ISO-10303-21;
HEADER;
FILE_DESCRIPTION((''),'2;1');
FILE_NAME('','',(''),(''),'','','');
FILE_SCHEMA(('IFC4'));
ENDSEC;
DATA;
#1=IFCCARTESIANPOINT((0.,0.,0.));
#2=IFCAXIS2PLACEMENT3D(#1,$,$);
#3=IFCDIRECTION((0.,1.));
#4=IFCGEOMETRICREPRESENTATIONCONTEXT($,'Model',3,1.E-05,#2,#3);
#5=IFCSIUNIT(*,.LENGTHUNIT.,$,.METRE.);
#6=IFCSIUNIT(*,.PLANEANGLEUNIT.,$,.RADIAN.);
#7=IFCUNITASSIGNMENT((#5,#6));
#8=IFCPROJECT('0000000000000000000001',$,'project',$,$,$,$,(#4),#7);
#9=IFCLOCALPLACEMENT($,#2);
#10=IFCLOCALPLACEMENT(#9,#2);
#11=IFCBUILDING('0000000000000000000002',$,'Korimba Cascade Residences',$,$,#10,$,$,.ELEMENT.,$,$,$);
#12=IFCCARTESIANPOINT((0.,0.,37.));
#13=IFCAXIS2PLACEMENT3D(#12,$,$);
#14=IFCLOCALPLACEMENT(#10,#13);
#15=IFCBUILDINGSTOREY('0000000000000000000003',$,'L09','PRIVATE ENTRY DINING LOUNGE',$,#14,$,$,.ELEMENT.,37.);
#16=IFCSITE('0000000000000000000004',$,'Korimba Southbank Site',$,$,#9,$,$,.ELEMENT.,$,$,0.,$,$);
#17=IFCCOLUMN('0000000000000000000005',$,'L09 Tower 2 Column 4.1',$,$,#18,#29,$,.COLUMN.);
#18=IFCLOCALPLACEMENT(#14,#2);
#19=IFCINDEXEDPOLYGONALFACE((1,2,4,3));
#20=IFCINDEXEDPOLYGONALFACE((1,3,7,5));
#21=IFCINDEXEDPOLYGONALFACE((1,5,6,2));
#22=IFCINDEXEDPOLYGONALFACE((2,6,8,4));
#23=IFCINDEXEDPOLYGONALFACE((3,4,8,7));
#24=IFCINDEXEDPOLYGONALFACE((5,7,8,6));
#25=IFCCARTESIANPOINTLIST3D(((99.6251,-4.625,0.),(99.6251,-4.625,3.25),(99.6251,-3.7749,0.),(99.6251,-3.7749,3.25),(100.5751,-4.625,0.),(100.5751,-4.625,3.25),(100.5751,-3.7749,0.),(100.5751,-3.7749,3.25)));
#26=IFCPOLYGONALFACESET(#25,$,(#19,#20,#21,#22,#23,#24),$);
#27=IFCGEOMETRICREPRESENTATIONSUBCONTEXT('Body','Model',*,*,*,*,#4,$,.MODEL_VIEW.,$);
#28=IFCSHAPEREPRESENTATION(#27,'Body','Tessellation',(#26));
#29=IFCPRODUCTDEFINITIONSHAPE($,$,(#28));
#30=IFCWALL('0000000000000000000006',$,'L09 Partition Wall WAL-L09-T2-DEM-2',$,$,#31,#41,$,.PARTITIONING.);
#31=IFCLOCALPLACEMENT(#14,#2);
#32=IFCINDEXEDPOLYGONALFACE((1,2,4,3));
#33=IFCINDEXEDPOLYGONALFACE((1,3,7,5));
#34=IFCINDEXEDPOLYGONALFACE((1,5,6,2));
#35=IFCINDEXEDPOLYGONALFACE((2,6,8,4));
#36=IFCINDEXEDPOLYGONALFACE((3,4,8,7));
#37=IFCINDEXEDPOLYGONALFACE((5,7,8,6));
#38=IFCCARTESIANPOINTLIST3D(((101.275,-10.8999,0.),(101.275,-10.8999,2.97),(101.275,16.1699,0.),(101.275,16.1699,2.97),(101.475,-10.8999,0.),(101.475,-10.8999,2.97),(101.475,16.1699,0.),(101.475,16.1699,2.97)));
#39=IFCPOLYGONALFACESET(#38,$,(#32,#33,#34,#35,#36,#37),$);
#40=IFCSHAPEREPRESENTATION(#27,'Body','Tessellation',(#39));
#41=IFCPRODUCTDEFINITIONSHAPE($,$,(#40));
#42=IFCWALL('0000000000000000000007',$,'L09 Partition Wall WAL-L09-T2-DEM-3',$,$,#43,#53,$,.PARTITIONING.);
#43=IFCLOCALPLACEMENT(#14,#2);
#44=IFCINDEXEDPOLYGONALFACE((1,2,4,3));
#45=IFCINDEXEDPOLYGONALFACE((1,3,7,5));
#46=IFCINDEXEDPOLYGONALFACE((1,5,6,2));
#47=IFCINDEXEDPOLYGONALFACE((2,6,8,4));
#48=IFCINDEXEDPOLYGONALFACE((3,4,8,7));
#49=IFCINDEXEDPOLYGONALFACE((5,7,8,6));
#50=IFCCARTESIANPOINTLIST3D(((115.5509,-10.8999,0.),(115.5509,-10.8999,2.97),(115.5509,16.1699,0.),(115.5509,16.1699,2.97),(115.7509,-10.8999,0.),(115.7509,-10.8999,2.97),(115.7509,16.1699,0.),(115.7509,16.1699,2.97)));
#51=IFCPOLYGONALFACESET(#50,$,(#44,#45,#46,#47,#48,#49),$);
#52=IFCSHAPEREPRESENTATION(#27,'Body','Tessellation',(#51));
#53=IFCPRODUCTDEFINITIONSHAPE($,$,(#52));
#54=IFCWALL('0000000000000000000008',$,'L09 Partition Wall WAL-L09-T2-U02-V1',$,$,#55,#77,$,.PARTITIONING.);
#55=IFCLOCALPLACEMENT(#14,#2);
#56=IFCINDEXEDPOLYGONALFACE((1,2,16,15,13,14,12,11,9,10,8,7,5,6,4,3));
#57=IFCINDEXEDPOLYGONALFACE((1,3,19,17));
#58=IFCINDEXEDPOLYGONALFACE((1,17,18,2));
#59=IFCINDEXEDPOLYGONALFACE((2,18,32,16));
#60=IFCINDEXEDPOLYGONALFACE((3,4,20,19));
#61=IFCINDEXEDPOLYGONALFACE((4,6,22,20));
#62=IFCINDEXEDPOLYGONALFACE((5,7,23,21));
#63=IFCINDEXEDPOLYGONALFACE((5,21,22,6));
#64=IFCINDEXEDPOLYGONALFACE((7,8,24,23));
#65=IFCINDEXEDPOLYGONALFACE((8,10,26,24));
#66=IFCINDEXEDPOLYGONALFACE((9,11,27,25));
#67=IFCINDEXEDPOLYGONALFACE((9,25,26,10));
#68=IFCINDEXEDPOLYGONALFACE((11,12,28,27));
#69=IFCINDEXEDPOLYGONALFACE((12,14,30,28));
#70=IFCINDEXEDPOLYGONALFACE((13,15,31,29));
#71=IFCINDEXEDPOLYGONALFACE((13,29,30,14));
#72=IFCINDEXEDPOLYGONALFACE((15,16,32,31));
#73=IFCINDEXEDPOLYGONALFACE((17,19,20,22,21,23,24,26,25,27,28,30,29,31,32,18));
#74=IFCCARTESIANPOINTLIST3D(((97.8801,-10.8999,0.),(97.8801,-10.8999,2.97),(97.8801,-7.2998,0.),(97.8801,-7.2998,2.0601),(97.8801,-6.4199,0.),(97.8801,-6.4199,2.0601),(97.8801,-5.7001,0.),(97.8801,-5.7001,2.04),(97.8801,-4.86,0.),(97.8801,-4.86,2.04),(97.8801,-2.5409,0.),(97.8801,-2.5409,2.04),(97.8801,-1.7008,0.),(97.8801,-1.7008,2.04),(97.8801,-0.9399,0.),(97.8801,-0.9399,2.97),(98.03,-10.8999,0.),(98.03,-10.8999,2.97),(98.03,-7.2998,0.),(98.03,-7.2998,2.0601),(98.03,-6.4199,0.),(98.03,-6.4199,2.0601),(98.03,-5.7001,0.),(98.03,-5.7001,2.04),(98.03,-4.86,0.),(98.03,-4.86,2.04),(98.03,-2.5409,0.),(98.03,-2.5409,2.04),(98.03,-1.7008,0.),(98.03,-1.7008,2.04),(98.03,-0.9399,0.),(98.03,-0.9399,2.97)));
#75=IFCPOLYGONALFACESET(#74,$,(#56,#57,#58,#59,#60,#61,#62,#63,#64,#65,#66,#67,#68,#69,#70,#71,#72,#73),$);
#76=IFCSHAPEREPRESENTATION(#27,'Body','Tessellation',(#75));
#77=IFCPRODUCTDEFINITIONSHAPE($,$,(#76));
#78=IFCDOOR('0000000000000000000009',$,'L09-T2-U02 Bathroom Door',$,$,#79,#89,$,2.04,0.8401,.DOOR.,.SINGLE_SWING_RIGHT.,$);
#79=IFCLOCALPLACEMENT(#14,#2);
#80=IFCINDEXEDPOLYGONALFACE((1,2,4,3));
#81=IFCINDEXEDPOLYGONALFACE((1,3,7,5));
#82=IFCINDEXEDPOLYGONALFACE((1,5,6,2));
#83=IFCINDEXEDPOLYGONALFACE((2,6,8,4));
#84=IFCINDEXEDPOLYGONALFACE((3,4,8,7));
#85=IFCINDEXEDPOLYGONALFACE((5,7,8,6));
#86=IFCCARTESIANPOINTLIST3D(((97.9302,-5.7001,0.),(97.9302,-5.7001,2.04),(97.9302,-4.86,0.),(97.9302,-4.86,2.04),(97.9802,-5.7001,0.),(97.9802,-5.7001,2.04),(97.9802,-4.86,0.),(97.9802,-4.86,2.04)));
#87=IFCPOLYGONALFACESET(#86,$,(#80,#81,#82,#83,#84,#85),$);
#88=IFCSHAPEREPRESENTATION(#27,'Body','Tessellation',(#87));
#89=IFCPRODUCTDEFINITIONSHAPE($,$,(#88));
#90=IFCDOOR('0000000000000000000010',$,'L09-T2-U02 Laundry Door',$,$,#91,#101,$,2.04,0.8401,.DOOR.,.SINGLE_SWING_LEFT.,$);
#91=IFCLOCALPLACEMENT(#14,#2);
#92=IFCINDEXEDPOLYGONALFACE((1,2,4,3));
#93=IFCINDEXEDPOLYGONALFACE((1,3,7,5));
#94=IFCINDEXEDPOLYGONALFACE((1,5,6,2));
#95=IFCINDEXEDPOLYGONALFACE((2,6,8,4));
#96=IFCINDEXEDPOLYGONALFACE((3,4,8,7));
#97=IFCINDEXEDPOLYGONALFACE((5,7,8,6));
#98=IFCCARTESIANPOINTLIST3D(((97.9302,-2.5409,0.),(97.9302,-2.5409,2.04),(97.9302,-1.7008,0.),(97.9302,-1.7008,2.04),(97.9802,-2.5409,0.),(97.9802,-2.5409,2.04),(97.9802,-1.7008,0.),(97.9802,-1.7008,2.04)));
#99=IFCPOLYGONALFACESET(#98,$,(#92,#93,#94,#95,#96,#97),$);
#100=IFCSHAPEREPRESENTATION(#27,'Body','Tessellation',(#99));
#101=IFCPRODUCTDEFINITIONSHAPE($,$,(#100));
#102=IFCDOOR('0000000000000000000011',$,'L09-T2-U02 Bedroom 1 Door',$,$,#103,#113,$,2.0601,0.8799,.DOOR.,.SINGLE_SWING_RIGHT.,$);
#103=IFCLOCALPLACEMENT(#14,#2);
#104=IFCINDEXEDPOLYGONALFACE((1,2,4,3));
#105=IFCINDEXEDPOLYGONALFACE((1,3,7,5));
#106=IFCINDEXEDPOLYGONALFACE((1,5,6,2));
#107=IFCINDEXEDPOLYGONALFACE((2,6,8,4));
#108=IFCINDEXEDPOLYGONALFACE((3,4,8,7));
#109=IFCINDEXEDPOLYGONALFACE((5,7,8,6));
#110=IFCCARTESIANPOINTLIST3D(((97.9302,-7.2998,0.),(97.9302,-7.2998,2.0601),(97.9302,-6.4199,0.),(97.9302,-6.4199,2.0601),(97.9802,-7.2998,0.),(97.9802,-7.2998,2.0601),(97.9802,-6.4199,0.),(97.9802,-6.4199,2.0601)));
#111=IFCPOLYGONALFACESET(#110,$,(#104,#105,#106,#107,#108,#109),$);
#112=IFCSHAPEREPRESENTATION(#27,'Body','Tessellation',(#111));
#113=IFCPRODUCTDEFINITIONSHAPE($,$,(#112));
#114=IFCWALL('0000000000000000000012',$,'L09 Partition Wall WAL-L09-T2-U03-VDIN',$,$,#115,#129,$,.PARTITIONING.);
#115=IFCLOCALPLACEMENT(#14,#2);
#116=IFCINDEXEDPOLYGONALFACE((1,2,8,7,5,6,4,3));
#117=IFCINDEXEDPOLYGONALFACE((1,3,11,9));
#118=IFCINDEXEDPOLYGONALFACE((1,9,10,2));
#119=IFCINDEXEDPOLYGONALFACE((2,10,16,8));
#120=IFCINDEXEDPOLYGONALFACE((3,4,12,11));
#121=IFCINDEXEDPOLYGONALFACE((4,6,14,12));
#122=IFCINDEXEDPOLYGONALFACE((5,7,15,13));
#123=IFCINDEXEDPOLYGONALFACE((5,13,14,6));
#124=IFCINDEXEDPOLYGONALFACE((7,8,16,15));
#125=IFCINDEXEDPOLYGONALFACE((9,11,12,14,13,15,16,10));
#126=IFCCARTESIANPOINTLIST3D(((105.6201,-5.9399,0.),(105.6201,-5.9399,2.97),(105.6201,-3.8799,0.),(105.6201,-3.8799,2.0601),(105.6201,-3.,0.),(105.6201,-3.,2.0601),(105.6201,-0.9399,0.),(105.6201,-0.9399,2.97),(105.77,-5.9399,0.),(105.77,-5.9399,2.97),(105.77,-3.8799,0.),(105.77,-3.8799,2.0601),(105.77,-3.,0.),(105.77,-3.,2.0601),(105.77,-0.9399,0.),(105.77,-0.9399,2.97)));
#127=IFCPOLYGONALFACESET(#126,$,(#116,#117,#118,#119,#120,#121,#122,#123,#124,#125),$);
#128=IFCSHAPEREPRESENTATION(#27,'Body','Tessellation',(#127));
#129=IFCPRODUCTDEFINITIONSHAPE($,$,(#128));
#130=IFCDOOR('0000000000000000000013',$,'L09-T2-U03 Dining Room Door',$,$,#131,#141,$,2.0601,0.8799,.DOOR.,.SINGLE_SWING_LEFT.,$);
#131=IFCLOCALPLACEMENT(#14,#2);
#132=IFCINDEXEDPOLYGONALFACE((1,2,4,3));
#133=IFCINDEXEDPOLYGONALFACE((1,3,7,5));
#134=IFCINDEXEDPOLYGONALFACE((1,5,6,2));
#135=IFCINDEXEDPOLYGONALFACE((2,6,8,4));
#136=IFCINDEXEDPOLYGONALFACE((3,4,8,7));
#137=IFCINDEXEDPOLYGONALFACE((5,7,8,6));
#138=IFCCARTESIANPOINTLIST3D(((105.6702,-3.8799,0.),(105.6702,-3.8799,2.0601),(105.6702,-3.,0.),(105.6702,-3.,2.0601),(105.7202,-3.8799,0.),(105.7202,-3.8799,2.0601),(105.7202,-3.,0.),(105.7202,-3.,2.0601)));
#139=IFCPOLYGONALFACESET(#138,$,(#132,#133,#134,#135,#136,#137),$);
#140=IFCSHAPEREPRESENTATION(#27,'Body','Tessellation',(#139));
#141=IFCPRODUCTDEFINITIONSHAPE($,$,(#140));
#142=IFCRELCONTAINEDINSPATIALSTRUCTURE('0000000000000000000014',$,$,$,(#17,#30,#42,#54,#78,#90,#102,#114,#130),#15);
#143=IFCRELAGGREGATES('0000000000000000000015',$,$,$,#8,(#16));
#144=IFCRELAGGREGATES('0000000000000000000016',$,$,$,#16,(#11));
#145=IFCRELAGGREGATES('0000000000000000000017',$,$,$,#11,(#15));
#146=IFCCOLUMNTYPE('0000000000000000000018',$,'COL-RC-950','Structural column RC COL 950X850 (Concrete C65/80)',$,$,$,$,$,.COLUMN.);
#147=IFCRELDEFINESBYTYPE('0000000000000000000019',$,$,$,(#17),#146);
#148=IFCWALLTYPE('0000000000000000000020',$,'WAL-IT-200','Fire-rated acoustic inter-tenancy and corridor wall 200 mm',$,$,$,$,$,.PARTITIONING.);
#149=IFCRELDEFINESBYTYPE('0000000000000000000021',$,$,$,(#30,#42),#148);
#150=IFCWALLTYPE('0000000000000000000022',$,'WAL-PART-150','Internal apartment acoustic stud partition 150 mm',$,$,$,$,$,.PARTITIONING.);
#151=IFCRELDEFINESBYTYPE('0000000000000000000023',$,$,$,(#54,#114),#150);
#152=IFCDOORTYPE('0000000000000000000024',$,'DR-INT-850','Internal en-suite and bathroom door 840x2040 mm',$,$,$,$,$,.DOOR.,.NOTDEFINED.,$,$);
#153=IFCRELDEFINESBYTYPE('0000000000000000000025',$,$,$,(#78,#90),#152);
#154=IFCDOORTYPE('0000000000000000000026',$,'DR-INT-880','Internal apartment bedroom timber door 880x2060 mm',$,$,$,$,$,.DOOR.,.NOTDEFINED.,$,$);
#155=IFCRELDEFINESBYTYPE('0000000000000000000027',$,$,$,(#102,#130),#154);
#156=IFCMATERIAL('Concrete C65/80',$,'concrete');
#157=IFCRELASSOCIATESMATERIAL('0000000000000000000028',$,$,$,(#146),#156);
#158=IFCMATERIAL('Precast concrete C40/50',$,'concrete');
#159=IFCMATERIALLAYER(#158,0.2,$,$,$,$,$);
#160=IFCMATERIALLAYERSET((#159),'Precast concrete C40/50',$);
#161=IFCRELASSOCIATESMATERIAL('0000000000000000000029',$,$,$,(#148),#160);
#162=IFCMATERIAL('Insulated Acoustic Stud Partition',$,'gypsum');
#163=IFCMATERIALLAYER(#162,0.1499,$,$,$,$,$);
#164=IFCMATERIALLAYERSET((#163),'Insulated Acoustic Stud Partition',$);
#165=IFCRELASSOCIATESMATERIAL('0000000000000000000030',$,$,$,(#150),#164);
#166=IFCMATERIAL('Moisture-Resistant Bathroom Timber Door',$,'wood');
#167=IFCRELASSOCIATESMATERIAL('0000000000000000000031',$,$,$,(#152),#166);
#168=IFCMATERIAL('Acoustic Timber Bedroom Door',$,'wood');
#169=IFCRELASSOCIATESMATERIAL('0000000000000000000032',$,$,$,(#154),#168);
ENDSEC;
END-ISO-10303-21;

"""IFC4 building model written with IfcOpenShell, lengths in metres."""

from ifc_helpers import new_model, si_unit, direction, frame, frame_2d, origin, origin_2d, place, context, subcontext, project, spatial, rectangle, extrude, material, layer, layer_set, material_profile, profile_set, type_object, element, fill, save


model = new_model("IFC4")

# Units and contexts
model_context = context("Model", 3, precision=1e-05, world=origin(), true_north=direction((0.0, 1.0)))
body_context = subcontext(model_context, "Body", "Model", "MODEL_VIEW")
ifc_project = project(units=[si_unit("LENGTHUNIT", "METRE"), si_unit("PLANEANGLEUNIT", "RADIAN")], contexts=[model_context])

# Site, building, storey
site_placement = place(None, origin())
site = spatial("IfcSite", under=ifc_project, at=site_placement, Name="Korimba Southbank Site", CompositionType="ELEMENT", RefElevation=0.0)
building_placement = place(site_placement, origin())
building = spatial("IfcBuilding", under=site, at=building_placement, Name="Korimba Cascade Residences", CompositionType="ELEMENT")
storey_placement = place(building_placement, frame((0.0, 0.0, 37.0)))
storey = spatial("IfcBuildingStorey", under=building, at=storey_placement, Name="L09", Description="PRIVATE ENTRY DINING LOUNGE", CompositionType="ELEMENT", Elevation=37.0)

# Column
ifc_material_1 = material(Name="Concrete C65/80", Category="concrete")
ifc_material_profile = material_profile(ifc_material_1, rectangle(XDim=0.95, YDim=0.8501, at=origin_2d()), Name="Concrete C65/80")
ifc_profile_set = profile_set([ifc_material_profile], Name="Concrete C65/80")
column_type = type_object("IfcColumnType", Name="COL-RC-950", Description="Structural column RC COL 950X850 (Concrete C65/80)", PredefinedType="COLUMN", material=ifc_profile_set)
column_placement = place(storey_placement, frame((100.1001, -4.2, 0.0), z_axis=(0.0, 0.0, 1.0), x_axis=(1.0, 0.0, 0.0)))
element("IfcColumn", 1, at=column_placement, inside=storey, type_object=column_type, Name="L09 Tower 2 Column 4.1", PredefinedType="COLUMN", context=body_context, shape_type="SweptSolid", body=[
    extrude(rectangle(XDim=0.95, YDim=0.8501, at=origin_2d()), origin(), (0.0, 0.0, 1.0), 3.25),
])

# Walls
ifc_material_2 = material(Name="Precast concrete C40/50", Category="concrete")
ifc_layer_1 = layer(ifc_material_2, 0.2)
ifc_layer_set_1 = layer_set([ifc_layer_1], Name="Precast concrete C40/50")
wall_type_1 = type_object("IfcWallType", Name="WAL-IT-200", Description="Fire-rated acoustic inter-tenancy and corridor wall 200 mm", PredefinedType="PARTITIONING", material=ifc_layer_set_1)
for number, where, z_axis, x_axis, name in (
    (2, (101.375, -10.8999, 0.0), (0.0, 0.0, 1.0), (0.0, 1.0, 0.0), "L09 Partition Wall WAL-L09-T2-DEM-2"),
    (3, (115.6509, -10.8999, 0.0), (0.0, 0.0, 1.0), (0.0, 1.0, 0.0), "L09 Partition Wall WAL-L09-T2-DEM-3"),
):
    element("IfcWall", number, at=place(storey_placement, frame(where, z_axis=z_axis, x_axis=x_axis)), inside=storey, type_object=wall_type_1, Name=name, PredefinedType="PARTITIONING", context=body_context, shape_type="SweptSolid", body=[
        extrude(rectangle(XDim=27.0698, YDim=0.2, at=frame_2d((13.5349, 0.0))), origin(), (0.0, 0.0, 1.0), 2.97),
    ])

# Wall, openings, doors
ifc_material_3 = material(Name="Insulated Acoustic Stud Partition", Category="gypsum")
ifc_layer_2 = layer(ifc_material_3, 0.1499)
ifc_layer_set_2 = layer_set([ifc_layer_2], Name="Insulated Acoustic Stud Partition")
wall_type_2 = type_object("IfcWallType", Name="WAL-PART-150", Description="Internal apartment acoustic stud partition 150 mm", PredefinedType="PARTITIONING", material=ifc_layer_set_2)
wall_1_placement = place(storey_placement, frame((97.9551, -10.8999, 0.0), z_axis=(0.0, 0.0, 1.0), x_axis=(0.0, 1.0, 0.0)))
wall_1 = element("IfcWall", 4, at=wall_1_placement, inside=storey, type_object=wall_type_2, Name="L09 Partition Wall WAL-L09-T2-U02-V1", PredefinedType="PARTITIONING", context=body_context, shape_type="SweptSolid", body=[
    extrude(rectangle(XDim=9.96, YDim=0.1499, at=frame_2d((4.98, 0.0))), origin(), (0.0, 0.0, 1.0), 2.97),
])
opening_1_placement = place(wall_1_placement, frame((5.2, 0.0, 0.0)))
opening_1 = element("IfcOpeningElement", 5, at=opening_1_placement, cuts=wall_1, PredefinedType="OPENING", context=body_context, shape_type="SweptSolid", body=[
    extrude(rectangle(XDim=0.8401, YDim=2.04, at=frame_2d((0.4199, 1.02))), frame((0.0, 0.085, 0.0), z_axis=(0.0, -1.0, 0.0), x_axis=(1.0, 0.0, 0.0)), (0.0, 0.0, 1.0), 0.1699),
])
opening_2_placement = place(wall_1_placement, frame((8.3591, 0.0, 0.0)))
opening_2 = element("IfcOpeningElement", 6, at=opening_2_placement, cuts=wall_1, PredefinedType="OPENING", context=body_context, shape_type="SweptSolid", body=[
    extrude(rectangle(XDim=0.8401, YDim=2.04, at=frame_2d((0.4199, 1.02))), frame((0.0, 0.085, 0.0), z_axis=(0.0, -1.0, 0.0), x_axis=(1.0, 0.0, 0.0)), (0.0, 0.0, 1.0), 0.1699),
])
opening_3_placement = place(wall_1_placement, frame((3.6001, 0.0, 0.0)))
opening_3 = element("IfcOpeningElement", 7, at=opening_3_placement, cuts=wall_1, PredefinedType="OPENING", context=body_context, shape_type="SweptSolid", body=[
    extrude(rectangle(XDim=0.8799, YDim=2.0601, at=frame_2d((0.4399, 1.03))), frame((0.0, 0.085, 0.0), z_axis=(0.0, -1.0, 0.0), x_axis=(1.0, 0.0, 0.0)), (0.0, 0.0, 1.0), 0.1699),
])
ifc_material_4 = material(Name="Moisture-Resistant Bathroom Timber Door", Category="wood")
door_type_1 = type_object("IfcDoorType", Name="DR-INT-850", Description="Internal en-suite and bathroom door 840x2040 mm", OperationType="NOTDEFINED", PredefinedType="DOOR", material=ifc_material_4)
door_1_placement = place(opening_1_placement, origin())
door_1 = element("IfcDoor", 8, at=door_1_placement, inside=storey, type_object=door_type_1, Name="L09-T2-U02 Bathroom Door", OperationType="SINGLE_SWING_RIGHT", OverallHeight=2.04, OverallWidth=0.8401, PredefinedType="DOOR", context=body_context, shape_type="SweptSolid", body=[
    extrude(rectangle(XDim=0.8401, YDim=2.04, at=frame_2d((0.4199, 1.02))), frame((0.0, 0.0249, 0.0), z_axis=(0.0, -1.0, 0.0), x_axis=(1.0, 0.0, 0.0)), (0.0, 0.0, 1.0), 0.05),
])
fill(opening_1, door_1)
door_2_placement = place(opening_2_placement, origin())
door_2 = element("IfcDoor", 9, at=door_2_placement, inside=storey, type_object=door_type_1, Name="L09-T2-U02 Laundry Door", OperationType="SINGLE_SWING_LEFT", OverallHeight=2.04, OverallWidth=0.8401, PredefinedType="DOOR", context=body_context, shape_type="SweptSolid", body=[
    extrude(rectangle(XDim=0.8401, YDim=2.04, at=frame_2d((0.4199, 1.02))), frame((0.0, 0.0249, 0.0), z_axis=(0.0, -1.0, 0.0), x_axis=(1.0, 0.0, 0.0)), (0.0, 0.0, 1.0), 0.05),
])
fill(opening_2, door_2)
ifc_material_5 = material(Name="Acoustic Timber Bedroom Door", Category="wood")
door_type_2 = type_object("IfcDoorType", Name="DR-INT-880", Description="Internal apartment bedroom timber door 880x2060 mm", OperationType="NOTDEFINED", PredefinedType="DOOR", material=ifc_material_5)
door_3_placement = place(opening_3_placement, origin())
door_3 = element("IfcDoor", 10, at=door_3_placement, inside=storey, type_object=door_type_2, Name="L09-T2-U02 Bedroom 1 Door", OperationType="SINGLE_SWING_RIGHT", OverallHeight=2.0601, OverallWidth=0.8799, PredefinedType="DOOR", context=body_context, shape_type="SweptSolid", body=[
    extrude(rectangle(XDim=0.8799, YDim=2.0601, at=frame_2d((0.4399, 1.03))), frame((0.0, 0.0249, 0.0), z_axis=(0.0, -1.0, 0.0), x_axis=(1.0, 0.0, 0.0)), (0.0, 0.0, 1.0), 0.05),
])
fill(opening_3, door_3)

# Wall, opening, door
wall_2_placement = place(storey_placement, frame((105.6951, -5.9399, 0.0), z_axis=(0.0, 0.0, 1.0), x_axis=(0.0, 1.0, 0.0)))
wall_2 = element("IfcWall", 11, at=wall_2_placement, inside=storey, type_object=wall_type_2, Name="L09 Partition Wall WAL-L09-T2-U03-VDIN", PredefinedType="PARTITIONING", context=body_context, shape_type="SweptSolid", body=[
    extrude(rectangle(XDim=5.0, YDim=0.1499, at=frame_2d((2.5, 0.0))), origin(), (0.0, 0.0, 1.0), 2.97),
])
opening_4_placement = place(wall_2_placement, frame((2.0601, 0.0, 0.0)))
opening_4 = element("IfcOpeningElement", 12, at=opening_4_placement, cuts=wall_2, PredefinedType="OPENING", context=body_context, shape_type="SweptSolid", body=[
    extrude(rectangle(XDim=0.8799, YDim=2.0601, at=frame_2d((0.4399, 1.03))), frame((0.0, 0.085, 0.0), z_axis=(0.0, -1.0, 0.0), x_axis=(1.0, 0.0, 0.0)), (0.0, 0.0, 1.0), 0.1699),
])
door_4_placement = place(opening_4_placement, origin())
door_4 = element("IfcDoor", 13, at=door_4_placement, inside=storey, type_object=door_type_2, Name="L09-T2-U03 Dining Room Door", OperationType="SINGLE_SWING_LEFT", OverallHeight=2.0601, OverallWidth=0.8799, PredefinedType="DOOR", context=body_context, shape_type="SweptSolid", body=[
    extrude(rectangle(XDim=0.8799, YDim=2.0601, at=frame_2d((0.4399, 1.03))), frame((0.0, 0.0249, 0.0), z_axis=(0.0, -1.0, 0.0), x_axis=(1.0, 0.0, 0.0)), (0.0, 0.0, 1.0), 0.05),
])
fill(opening_4, door_4)

save(model, "model.ifc")
